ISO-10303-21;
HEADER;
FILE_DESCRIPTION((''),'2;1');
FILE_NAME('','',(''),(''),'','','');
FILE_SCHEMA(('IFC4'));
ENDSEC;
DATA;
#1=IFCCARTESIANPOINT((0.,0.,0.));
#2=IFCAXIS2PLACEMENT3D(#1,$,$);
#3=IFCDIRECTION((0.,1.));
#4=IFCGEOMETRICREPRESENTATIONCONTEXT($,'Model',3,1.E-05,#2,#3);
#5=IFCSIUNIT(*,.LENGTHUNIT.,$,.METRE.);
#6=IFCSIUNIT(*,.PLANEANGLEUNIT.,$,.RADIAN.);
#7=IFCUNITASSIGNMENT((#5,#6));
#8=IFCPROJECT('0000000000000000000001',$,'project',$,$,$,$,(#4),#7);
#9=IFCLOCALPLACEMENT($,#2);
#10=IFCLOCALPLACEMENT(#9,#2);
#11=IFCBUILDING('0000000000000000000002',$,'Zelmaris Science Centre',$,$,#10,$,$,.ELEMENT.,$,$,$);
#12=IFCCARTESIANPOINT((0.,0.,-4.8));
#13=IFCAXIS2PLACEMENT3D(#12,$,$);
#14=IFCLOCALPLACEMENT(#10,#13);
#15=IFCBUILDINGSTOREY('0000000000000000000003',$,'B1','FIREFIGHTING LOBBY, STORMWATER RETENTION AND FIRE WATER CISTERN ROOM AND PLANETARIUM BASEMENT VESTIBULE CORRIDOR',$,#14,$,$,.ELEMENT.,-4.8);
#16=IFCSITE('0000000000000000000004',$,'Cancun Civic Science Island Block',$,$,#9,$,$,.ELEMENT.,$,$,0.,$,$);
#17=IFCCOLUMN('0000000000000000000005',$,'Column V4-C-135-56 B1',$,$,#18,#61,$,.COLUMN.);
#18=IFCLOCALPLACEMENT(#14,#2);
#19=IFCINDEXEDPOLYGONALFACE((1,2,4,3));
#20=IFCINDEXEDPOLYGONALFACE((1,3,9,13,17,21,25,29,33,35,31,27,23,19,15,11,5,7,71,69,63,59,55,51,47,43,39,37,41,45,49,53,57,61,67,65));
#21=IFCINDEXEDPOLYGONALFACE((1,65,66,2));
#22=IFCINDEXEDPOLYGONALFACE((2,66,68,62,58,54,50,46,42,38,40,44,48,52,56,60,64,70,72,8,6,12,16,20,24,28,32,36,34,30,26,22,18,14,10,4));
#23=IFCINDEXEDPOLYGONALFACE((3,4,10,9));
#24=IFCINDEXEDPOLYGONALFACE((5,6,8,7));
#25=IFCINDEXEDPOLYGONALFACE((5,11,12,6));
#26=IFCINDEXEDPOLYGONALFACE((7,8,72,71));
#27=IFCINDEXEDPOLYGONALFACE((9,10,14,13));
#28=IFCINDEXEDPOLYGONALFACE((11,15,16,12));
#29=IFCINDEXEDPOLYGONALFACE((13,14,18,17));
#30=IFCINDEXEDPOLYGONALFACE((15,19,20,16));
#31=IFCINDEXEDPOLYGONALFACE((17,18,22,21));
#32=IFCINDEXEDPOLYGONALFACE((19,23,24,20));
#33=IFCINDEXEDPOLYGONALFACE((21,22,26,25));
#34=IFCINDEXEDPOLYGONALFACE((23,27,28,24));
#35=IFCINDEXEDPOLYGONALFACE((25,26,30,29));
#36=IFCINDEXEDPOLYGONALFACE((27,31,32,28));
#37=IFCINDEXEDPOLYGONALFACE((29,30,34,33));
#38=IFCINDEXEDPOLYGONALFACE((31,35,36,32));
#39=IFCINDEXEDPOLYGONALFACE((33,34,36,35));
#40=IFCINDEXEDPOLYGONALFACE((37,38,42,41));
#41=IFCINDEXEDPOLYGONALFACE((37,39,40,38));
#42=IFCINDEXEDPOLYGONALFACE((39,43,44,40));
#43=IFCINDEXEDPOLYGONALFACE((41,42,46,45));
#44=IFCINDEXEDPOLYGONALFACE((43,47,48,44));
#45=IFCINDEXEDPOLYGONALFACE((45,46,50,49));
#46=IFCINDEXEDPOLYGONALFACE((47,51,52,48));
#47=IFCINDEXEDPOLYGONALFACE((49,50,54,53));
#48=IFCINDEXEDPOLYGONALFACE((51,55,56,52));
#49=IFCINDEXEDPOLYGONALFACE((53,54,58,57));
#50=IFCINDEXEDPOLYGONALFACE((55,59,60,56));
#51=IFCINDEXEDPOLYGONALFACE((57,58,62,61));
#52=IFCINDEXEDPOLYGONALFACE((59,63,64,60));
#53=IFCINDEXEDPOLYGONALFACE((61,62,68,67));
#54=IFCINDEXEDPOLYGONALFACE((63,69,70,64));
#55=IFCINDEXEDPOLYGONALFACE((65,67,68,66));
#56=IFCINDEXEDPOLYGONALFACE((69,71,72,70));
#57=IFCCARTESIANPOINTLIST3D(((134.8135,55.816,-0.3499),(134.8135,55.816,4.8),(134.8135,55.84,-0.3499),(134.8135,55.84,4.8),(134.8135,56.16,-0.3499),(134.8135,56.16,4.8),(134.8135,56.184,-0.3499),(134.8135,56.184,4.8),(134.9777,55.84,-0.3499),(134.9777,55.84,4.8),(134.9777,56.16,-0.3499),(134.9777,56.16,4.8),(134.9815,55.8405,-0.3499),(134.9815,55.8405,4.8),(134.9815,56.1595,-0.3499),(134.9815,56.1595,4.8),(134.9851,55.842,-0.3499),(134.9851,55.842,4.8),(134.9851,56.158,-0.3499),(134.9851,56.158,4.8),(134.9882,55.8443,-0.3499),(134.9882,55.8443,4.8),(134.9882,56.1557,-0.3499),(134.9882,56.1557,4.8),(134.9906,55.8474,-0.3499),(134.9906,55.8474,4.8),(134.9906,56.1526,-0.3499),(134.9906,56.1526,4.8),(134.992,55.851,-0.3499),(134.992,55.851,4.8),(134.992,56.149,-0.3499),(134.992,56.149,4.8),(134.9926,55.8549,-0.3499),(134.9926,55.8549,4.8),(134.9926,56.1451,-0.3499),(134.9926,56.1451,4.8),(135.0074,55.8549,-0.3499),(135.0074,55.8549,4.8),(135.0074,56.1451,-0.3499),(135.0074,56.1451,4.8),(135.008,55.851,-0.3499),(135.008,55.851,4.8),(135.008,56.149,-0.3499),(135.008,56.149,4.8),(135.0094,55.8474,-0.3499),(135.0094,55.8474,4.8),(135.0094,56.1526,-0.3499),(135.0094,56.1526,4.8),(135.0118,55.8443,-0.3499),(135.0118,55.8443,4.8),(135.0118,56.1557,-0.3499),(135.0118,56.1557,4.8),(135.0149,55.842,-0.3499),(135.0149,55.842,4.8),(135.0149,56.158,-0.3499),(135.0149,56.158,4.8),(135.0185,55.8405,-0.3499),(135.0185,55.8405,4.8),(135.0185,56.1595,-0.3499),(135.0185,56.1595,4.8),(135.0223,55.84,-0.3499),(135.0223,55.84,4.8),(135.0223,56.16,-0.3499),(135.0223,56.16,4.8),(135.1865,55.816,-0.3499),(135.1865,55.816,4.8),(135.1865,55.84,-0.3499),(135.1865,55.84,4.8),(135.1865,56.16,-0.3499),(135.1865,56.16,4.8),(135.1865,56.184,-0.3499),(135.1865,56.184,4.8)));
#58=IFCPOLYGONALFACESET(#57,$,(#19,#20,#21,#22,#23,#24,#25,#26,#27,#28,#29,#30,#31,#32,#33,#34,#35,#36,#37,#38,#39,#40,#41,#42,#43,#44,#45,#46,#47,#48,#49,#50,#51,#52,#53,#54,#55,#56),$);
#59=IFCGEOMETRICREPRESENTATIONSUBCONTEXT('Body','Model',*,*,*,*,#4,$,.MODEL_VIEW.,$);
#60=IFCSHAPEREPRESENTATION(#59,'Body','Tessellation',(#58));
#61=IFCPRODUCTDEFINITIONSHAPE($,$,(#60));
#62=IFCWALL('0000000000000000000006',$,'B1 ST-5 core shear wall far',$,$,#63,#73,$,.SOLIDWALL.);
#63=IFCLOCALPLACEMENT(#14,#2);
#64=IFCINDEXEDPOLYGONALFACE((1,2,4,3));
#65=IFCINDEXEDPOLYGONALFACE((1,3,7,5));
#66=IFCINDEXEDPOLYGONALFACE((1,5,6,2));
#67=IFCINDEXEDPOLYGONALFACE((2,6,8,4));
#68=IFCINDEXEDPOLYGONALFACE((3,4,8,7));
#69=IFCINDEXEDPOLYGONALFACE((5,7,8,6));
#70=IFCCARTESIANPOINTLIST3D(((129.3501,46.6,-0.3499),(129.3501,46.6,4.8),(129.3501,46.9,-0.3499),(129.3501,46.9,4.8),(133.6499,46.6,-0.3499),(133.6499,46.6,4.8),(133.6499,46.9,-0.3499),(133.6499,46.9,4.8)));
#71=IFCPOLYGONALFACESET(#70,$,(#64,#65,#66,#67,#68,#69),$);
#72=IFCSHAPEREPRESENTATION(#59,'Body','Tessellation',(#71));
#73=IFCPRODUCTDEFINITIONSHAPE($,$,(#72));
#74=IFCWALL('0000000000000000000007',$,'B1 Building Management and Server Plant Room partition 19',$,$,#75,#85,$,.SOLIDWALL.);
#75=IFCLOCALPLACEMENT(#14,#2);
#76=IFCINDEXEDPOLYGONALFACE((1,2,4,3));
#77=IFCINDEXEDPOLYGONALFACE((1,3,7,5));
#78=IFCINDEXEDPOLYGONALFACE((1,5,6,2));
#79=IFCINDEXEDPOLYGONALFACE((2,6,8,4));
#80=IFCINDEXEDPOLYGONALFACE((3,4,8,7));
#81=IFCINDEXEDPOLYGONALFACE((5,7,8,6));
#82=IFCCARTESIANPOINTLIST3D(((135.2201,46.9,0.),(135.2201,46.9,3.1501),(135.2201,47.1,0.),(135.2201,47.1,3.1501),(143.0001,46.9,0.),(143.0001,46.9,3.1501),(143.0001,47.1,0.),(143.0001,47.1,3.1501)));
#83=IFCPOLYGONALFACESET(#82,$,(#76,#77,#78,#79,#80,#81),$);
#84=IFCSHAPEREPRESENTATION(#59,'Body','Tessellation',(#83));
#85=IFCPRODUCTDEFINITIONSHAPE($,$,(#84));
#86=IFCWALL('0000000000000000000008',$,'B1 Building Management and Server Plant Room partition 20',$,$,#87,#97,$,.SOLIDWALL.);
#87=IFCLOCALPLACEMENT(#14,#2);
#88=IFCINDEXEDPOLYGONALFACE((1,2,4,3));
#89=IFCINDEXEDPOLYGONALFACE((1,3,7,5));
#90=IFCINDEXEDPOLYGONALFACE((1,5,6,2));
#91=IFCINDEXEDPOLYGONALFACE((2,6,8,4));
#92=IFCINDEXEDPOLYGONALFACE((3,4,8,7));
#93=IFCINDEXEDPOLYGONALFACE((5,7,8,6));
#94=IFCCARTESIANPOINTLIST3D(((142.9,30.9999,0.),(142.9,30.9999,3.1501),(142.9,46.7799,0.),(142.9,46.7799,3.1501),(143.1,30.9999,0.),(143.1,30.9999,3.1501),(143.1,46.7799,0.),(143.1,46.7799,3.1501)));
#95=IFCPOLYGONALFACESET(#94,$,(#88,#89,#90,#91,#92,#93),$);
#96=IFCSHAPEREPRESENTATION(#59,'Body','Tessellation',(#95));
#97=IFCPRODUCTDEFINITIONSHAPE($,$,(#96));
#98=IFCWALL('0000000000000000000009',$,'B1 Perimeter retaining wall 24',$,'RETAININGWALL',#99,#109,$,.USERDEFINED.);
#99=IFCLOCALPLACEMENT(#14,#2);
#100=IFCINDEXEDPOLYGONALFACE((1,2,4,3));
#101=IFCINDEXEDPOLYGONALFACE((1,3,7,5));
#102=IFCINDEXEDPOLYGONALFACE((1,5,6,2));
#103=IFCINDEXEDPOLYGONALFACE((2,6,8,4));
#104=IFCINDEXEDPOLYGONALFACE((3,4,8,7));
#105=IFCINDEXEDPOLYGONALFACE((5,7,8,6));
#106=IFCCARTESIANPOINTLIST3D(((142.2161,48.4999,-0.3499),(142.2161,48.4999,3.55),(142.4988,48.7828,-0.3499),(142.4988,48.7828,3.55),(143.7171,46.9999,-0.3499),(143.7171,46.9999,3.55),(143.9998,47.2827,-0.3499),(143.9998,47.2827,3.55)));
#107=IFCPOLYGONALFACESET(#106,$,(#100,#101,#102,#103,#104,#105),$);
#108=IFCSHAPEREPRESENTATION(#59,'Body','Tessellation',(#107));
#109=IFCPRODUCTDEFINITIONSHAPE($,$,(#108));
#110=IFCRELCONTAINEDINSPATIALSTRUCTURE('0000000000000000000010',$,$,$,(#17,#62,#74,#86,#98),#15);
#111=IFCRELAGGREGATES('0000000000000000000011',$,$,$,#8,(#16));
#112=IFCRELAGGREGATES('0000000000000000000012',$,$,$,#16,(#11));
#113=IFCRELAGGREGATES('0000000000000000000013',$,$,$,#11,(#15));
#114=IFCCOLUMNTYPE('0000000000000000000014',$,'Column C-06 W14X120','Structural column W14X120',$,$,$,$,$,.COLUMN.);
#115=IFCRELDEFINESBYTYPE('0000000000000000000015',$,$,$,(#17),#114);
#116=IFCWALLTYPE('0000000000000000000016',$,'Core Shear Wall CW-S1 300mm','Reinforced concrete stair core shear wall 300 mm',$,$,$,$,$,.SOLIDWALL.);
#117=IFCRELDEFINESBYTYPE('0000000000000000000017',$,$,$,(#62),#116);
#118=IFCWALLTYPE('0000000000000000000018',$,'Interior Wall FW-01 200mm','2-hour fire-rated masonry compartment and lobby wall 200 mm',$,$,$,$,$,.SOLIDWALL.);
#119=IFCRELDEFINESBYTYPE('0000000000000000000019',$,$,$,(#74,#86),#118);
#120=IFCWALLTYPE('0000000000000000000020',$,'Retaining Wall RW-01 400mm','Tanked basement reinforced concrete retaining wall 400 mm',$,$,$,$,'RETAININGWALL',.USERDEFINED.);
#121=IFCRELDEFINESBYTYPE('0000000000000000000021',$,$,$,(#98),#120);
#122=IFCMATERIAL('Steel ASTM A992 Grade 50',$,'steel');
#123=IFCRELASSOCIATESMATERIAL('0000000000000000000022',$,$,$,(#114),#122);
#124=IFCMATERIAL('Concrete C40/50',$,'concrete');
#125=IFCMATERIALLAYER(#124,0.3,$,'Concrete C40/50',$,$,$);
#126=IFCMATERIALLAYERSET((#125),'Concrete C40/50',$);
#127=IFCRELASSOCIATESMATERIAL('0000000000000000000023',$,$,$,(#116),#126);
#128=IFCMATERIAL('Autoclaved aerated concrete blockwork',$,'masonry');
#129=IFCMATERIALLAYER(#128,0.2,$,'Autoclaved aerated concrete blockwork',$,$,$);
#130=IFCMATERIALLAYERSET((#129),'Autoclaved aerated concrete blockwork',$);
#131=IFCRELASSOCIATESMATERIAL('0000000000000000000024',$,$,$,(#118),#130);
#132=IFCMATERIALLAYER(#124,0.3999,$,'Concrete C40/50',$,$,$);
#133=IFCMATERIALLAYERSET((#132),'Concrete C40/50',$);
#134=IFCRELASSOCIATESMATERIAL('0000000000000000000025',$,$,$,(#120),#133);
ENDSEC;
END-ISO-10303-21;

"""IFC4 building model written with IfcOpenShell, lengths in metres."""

from ifc_helpers import new_model, si_unit, direction, frame, frame_2d, origin, origin_2d, place, context, subcontext, project, spatial, rectangle, i_section, extrude, material, layer, layer_set, material_profile, profile_set, type_object, element, save


model = new_model("IFC4")

# Units and contexts
model_context = context("Model", 3, precision=1e-05, world=origin(), true_north=direction((0.0, 1.0)))
body_context = subcontext(model_context, "Body", "Model", "MODEL_VIEW")
ifc_project = project(units=[si_unit("LENGTHUNIT", "METRE"), si_unit("PLANEANGLEUNIT", "RADIAN")], contexts=[model_context])

# Site, building, storey
site_placement = place(None, origin())
site = spatial("IfcSite", under=ifc_project, at=site_placement, Name="Cancun Civic Science Island Block", CompositionType="ELEMENT", RefElevation=0.0)
building_placement = place(site_placement, origin())
building = spatial("IfcBuilding", under=site, at=building_placement, Name="Zelmaris Science Centre", CompositionType="ELEMENT")
storey_placement = place(building_placement, frame((0.0, 0.0, -4.8)))
storey = spatial("IfcBuildingStorey", under=building, at=storey_placement, Name="B1", Description="FIREFIGHTING LOBBY, STORMWATER RETENTION AND FIRE WATER CISTERN ROOM AND PLANETARIUM BASEMENT VESTIBULE CORRIDOR", CompositionType="ELEMENT", Elevation=-4.8)

# Shared definitions
ifc_material_1 = material(Name="Concrete C40/50", Category="concrete")

# Column
ifc_material_2 = material(Name="Steel ASTM A992 Grade 50", Category="steel")
ifc_material_profile_1 = material_profile(ifc_material_2, i_section(OverallWidth=0.373, OverallDepth=0.3679, WebThickness=0.0149, FlangeThickness=0.0239, FilletRadius=0.0149, at=origin_2d()), Name="W14X120")
ifc_profile_set_1 = profile_set([ifc_material_profile_1], Name="Steel ASTM A992 Grade 50")
column_type_1 = type_object("IfcColumnType", Name="Column C-06 W14X120", Description="Structural column W14X120", PredefinedType="COLUMN", material=ifc_profile_set_1)
column_1_placement = place(storey_placement, frame((135.0, 56.0, -0.3499), z_axis=(0.0, 0.0, 1.0), x_axis=(1.0, 0.0, 0.0)))
element("IfcColumn", 1, at=column_1_placement, inside=storey, type_object=column_type_1, Name="Column V4-C-135-56 B1", PredefinedType="COLUMN", context=body_context, shape_type="SweptSolid", body=[
    extrude(i_section(OverallWidth=0.373, OverallDepth=0.3679, WebThickness=0.0149, FlangeThickness=0.0239, FilletRadius=0.0149, at=origin_2d()), origin(), (0.0, 0.0, 1.0), 5.1499),
])

# Walls
ifc_layer_1 = layer(ifc_material_1, 0.3, Name="Concrete C40/50")
ifc_layer_set_1 = layer_set([ifc_layer_1], Name="Concrete C40/50")
wall_type_1 = type_object("IfcWallType", Name="Core Shear Wall CW-S1 300mm", Description="Reinforced concrete stair core shear wall 300 mm", PredefinedType="SOLIDWALL", material=ifc_layer_set_1)
wall_1_placement = place(storey_placement, frame((133.6499, 46.75, -0.3499), z_axis=(0.0, 0.0, 1.0), x_axis=(-1.0, 0.0, 0.0)))
element("IfcWall", 2, at=wall_1_placement, inside=storey, type_object=wall_type_1, Name="B1 ST-5 core shear wall far", PredefinedType="SOLIDWALL", context=body_context, shape_type="SweptSolid", body=[
    extrude(rectangle(XDim=4.2998, YDim=0.3, at=frame_2d((2.1499, 0.0))), origin(), (0.0, 0.0, 1.0), 5.1499),
])
ifc_material_3 = material(Name="Autoclaved aerated concrete blockwork", Category="masonry")
ifc_layer_2 = layer(ifc_material_3, 0.2, Name="Autoclaved aerated concrete blockwork")
ifc_layer_set_2 = layer_set([ifc_layer_2], Name="Autoclaved aerated concrete blockwork")
wall_type_2 = type_object("IfcWallType", Name="Interior Wall FW-01 200mm", Description="2-hour fire-rated masonry compartment and lobby wall 200 mm", PredefinedType="SOLIDWALL", material=ifc_layer_set_2)
wall_2_placement = place(storey_placement, frame((135.22, 47.0, 0.0), z_axis=(0.0, 0.0, 1.0), x_axis=(1.0, 0.0, 0.0)))
element("IfcWall", 3, at=wall_2_placement, inside=storey, type_object=wall_type_2, Name="B1 Building Management and Server Plant Room partition 19", PredefinedType="SOLIDWALL", context=body_context, shape_type="SweptSolid", body=[
    extrude(rectangle(XDim=7.78, YDim=0.2, at=frame_2d((3.8901, 0.0))), origin(), (0.0, 0.0, 1.0), 3.1501),
])
wall_3_placement = place(storey_placement, frame((143.0, 46.78, 0.0), z_axis=(0.0, 0.0, 1.0), x_axis=(0.0, -1.0, 0.0)))
element("IfcWall", 4, at=wall_3_placement, inside=storey, type_object=wall_type_2, Name="B1 Building Management and Server Plant Room partition 20", PredefinedType="SOLIDWALL", context=body_context, shape_type="SweptSolid", body=[
    extrude(rectangle(XDim=15.78, YDim=0.2, at=frame_2d((7.8901, 0.0))), origin(), (0.0, 0.0, 1.0), 3.1501),
])
ifc_layer_3 = layer(ifc_material_1, 0.3999, Name="Concrete C40/50")
ifc_layer_set_3 = layer_set([ifc_layer_3], Name="Concrete C40/50")
wall_type_3 = type_object("IfcWallType", Name="Retaining Wall RW-01 400mm", Description="Tanked basement reinforced concrete retaining wall 400 mm", ElementType="RETAININGWALL", PredefinedType="USERDEFINED", material=ifc_layer_set_3)
wall_4_placement = place(storey_placement, frame((142.3574, 48.6414, -0.3499), z_axis=(0.0, 0.0, 1.0), x_axis=(0.707337, -0.706877, 0.0)))
element("IfcWall", 5, at=wall_4_placement, inside=storey, type_object=wall_type_3, Name="B1 Perimeter retaining wall 24", ObjectType="RETAININGWALL", PredefinedType="USERDEFINED", context=body_context, shape_type="SweptSolid", body=[
    extrude(rectangle(XDim=2.1221, YDim=0.3999, at=frame_2d((1.061, 0.0))), origin(), (0.0, 0.0, 1.0), 3.8999),
])

save(model, "model.ifc")
